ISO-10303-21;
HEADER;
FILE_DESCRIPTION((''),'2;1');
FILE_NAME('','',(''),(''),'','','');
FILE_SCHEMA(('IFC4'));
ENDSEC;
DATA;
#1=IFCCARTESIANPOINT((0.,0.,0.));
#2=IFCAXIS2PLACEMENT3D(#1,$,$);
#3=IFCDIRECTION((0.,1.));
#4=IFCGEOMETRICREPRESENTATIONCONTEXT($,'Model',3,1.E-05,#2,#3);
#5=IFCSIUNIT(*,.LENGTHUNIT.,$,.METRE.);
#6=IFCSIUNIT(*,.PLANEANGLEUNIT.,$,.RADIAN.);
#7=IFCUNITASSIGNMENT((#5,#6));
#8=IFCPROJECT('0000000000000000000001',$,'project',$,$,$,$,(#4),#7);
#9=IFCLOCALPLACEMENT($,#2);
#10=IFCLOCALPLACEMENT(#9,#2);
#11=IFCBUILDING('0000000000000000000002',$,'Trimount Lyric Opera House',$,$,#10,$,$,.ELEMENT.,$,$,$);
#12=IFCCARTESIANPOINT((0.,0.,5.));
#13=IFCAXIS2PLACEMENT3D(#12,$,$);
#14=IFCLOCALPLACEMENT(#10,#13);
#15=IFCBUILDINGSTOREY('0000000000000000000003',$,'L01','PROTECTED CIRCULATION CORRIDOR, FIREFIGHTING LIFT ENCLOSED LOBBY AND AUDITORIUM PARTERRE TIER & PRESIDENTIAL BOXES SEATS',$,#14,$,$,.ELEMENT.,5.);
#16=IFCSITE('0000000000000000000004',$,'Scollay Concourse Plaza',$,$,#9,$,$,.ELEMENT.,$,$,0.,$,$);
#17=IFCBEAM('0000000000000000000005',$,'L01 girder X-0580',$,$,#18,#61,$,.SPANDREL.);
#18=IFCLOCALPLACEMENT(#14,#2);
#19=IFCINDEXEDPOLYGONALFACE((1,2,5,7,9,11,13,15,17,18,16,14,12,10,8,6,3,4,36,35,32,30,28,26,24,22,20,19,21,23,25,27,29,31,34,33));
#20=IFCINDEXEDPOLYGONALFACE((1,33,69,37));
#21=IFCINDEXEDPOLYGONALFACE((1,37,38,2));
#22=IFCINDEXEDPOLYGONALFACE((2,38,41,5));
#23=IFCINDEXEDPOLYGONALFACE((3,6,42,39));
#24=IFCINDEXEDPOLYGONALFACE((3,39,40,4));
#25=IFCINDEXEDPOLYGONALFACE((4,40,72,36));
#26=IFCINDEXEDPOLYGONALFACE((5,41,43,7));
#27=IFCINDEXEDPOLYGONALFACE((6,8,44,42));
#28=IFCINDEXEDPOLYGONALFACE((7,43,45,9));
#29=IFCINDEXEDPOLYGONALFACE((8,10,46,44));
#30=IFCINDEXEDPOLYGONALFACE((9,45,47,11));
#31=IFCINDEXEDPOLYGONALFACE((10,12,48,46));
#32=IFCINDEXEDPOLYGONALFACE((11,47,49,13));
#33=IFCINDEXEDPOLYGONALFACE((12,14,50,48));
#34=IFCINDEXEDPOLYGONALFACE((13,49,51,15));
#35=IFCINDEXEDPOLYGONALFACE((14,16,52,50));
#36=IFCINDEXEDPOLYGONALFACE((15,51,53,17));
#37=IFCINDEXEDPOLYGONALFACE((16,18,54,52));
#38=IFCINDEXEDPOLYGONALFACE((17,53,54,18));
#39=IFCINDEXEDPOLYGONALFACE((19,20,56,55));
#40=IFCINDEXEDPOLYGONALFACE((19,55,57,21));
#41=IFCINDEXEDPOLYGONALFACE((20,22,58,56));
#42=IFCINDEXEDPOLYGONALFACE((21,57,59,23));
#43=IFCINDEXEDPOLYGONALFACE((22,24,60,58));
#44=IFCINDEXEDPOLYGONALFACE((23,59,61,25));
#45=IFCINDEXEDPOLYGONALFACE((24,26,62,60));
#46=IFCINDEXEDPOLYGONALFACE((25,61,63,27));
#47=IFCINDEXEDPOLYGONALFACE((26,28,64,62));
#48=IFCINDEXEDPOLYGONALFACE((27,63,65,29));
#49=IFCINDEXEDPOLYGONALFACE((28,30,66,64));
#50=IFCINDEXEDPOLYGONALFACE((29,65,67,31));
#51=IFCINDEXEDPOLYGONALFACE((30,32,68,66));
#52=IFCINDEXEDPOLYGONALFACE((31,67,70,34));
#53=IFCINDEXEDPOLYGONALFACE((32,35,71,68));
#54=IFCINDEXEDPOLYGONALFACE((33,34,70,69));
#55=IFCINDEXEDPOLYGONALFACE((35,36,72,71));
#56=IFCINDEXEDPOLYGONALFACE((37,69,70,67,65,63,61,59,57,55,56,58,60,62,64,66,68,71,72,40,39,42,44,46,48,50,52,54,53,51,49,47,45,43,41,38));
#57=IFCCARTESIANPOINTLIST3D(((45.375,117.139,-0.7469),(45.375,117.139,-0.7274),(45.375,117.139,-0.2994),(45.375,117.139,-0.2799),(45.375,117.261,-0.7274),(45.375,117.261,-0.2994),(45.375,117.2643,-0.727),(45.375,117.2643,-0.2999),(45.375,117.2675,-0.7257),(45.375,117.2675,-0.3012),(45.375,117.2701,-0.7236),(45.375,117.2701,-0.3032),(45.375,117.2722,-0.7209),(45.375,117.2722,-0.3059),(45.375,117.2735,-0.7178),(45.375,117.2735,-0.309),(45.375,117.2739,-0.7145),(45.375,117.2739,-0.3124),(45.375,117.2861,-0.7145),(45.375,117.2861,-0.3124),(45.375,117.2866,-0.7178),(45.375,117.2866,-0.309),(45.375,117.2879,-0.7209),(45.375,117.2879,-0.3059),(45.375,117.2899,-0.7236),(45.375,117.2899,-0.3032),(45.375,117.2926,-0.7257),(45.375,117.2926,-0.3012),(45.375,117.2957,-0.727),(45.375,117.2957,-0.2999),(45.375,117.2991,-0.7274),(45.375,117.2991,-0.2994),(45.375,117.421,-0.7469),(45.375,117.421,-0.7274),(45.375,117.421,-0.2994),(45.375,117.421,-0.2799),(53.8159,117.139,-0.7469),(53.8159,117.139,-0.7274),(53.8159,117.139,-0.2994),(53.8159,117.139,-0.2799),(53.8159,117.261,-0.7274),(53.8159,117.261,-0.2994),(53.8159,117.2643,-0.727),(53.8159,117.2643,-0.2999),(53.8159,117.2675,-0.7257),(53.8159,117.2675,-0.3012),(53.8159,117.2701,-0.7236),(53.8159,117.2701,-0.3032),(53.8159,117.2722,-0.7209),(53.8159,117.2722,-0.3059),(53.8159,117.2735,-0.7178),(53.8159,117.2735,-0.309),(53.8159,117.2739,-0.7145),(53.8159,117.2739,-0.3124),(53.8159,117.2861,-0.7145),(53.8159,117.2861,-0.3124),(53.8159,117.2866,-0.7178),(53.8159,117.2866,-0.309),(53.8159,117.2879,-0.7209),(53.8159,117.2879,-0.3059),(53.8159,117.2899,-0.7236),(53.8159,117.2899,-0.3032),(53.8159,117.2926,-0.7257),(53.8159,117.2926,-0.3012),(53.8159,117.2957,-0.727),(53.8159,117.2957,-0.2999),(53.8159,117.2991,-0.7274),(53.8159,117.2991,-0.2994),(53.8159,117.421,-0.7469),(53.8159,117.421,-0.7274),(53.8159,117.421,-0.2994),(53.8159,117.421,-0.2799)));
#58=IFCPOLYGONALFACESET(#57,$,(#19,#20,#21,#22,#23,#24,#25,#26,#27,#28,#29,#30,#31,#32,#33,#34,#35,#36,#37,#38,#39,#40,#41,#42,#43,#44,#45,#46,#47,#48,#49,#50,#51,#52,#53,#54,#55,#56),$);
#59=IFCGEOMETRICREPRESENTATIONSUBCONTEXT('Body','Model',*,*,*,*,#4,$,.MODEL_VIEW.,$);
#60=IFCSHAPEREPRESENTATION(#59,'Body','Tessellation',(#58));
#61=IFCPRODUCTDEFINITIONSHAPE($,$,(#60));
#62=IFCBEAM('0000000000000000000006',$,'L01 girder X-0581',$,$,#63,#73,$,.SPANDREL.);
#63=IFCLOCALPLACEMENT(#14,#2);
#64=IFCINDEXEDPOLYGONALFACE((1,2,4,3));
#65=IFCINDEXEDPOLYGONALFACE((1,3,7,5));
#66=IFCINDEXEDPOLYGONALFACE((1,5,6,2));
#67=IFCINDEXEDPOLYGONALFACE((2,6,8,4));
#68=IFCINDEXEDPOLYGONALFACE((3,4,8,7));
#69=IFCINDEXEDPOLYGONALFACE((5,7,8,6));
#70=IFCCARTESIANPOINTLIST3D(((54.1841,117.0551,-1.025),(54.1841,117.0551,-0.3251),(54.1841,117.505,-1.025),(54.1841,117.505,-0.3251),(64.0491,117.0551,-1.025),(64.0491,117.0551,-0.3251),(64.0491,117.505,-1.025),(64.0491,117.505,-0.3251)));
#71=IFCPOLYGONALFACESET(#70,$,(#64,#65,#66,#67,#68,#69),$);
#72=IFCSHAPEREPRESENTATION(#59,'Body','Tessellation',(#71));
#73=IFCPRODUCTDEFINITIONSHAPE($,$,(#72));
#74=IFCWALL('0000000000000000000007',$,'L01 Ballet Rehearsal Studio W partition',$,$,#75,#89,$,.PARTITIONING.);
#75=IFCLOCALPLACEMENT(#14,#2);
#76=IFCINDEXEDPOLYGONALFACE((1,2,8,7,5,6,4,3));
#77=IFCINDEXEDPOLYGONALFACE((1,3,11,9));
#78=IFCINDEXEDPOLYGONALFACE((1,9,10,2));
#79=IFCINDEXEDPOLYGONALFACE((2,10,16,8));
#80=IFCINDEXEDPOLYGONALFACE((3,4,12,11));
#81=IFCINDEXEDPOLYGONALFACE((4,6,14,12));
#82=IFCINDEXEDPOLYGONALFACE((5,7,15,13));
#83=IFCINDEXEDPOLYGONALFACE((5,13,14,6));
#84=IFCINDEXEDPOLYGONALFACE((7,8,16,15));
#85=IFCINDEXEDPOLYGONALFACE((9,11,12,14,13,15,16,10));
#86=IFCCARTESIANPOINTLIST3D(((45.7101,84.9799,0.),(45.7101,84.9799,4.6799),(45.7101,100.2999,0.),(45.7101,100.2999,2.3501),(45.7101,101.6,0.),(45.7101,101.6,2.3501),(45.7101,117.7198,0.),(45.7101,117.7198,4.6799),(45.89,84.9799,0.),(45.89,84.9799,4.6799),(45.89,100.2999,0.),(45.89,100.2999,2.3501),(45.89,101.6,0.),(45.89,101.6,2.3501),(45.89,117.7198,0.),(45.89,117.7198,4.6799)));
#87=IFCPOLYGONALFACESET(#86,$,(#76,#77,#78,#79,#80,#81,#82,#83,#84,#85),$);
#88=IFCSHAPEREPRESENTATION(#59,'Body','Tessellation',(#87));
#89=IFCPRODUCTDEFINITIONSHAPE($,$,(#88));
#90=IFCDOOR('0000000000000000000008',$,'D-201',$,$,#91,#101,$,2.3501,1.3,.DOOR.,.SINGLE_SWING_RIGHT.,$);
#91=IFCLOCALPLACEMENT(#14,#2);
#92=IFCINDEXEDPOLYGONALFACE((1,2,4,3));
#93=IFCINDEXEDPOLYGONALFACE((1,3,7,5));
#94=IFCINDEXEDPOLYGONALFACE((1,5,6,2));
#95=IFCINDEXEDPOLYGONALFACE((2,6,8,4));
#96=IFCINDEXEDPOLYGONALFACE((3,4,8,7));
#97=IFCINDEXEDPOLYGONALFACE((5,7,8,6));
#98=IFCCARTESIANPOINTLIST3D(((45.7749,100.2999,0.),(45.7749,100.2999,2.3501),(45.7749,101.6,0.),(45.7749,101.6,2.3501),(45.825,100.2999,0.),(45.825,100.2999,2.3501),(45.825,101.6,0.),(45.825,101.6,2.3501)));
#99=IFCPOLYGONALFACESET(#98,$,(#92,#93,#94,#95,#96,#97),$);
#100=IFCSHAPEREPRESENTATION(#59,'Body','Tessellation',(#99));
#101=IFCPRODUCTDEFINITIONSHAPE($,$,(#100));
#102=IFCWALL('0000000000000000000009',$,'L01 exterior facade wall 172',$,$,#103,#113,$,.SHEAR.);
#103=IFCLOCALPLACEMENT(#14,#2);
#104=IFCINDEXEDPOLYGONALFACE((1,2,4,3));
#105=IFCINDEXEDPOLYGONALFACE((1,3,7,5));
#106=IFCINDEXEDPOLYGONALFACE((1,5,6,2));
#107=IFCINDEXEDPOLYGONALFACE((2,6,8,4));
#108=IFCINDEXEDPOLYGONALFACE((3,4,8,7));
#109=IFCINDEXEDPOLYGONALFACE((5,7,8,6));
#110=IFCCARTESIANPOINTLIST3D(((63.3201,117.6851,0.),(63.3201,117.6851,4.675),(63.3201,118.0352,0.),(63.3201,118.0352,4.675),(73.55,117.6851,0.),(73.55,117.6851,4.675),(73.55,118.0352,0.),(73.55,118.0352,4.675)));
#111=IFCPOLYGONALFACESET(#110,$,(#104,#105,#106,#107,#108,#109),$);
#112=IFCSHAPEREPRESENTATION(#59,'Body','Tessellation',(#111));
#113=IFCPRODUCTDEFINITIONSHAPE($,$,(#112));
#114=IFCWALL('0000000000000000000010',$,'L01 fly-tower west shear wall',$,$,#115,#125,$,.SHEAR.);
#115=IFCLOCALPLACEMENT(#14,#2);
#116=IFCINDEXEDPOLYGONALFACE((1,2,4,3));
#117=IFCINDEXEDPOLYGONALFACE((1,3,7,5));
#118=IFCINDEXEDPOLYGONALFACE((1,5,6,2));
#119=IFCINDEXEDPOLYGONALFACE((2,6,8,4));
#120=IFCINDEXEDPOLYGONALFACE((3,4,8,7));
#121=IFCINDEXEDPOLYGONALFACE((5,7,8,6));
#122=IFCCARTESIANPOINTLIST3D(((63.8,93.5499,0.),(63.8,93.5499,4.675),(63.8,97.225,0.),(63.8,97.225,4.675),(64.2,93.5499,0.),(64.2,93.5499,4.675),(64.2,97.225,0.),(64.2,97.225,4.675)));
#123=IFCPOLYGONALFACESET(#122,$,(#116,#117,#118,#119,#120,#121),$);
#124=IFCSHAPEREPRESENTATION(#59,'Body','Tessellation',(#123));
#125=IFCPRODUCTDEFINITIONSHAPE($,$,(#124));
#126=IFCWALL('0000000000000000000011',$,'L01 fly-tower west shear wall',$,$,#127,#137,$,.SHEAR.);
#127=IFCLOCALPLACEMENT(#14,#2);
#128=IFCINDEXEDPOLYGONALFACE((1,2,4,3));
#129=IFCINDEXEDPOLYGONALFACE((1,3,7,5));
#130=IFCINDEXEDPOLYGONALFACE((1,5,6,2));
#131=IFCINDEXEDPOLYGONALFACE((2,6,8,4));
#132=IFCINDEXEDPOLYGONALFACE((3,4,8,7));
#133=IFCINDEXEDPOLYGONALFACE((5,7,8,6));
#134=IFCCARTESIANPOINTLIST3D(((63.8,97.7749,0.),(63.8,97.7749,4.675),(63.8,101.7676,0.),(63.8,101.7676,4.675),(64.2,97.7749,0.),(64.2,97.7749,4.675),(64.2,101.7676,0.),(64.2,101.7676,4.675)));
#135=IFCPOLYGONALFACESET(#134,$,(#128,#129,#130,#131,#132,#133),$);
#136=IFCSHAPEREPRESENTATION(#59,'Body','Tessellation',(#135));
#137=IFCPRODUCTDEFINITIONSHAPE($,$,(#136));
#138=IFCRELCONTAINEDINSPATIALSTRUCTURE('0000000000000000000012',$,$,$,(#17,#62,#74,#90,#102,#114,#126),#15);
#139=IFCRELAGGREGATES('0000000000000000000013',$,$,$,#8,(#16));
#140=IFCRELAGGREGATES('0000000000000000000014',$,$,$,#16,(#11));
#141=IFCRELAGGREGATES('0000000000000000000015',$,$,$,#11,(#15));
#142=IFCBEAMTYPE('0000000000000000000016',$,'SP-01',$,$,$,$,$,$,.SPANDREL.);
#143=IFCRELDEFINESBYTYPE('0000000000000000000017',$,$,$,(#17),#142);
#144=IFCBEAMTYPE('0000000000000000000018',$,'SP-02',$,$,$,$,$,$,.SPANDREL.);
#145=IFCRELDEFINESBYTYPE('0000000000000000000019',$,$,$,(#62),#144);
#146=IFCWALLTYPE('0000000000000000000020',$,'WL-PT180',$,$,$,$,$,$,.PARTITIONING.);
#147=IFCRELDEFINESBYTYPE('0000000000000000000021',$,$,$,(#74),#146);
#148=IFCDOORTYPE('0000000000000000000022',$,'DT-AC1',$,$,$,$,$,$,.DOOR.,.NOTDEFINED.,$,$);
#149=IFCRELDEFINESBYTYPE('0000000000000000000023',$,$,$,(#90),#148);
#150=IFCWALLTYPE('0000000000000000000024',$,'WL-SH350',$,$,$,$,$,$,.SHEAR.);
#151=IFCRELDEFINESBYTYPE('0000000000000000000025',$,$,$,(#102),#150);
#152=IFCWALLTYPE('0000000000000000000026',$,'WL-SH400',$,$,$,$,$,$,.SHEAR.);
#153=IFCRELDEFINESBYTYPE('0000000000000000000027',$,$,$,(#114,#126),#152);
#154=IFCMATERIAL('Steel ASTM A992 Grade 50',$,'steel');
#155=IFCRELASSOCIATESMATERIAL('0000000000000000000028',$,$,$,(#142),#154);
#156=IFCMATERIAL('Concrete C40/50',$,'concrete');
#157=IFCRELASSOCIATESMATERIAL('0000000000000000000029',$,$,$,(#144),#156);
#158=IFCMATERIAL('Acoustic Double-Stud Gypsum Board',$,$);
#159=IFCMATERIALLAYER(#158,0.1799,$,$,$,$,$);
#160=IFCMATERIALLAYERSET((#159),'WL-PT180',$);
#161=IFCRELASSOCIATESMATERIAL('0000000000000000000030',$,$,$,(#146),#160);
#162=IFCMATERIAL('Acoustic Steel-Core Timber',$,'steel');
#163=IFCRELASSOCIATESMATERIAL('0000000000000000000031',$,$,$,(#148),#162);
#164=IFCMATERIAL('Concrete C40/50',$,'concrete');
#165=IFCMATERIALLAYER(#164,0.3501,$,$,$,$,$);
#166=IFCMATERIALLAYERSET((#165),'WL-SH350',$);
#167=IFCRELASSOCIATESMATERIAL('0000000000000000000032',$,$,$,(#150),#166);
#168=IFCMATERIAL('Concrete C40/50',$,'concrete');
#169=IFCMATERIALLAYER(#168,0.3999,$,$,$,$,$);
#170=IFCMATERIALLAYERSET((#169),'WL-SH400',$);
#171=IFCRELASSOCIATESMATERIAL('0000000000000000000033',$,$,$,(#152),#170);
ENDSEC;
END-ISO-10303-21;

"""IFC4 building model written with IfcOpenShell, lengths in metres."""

from ifc_helpers import new_model, si_unit, direction, frame, frame_2d, origin, origin_2d, place, context, subcontext, project, spatial, rectangle, i_section, extrude, material, layer, layer_set, material_profile, profile_set, type_object, element, fill, save


model = new_model("IFC4")

# Units and contexts
model_context = context("Model", 3, precision=1e-05, world=origin(), true_north=direction((0.0, 1.0)))
body_context = subcontext(model_context, "Body", "Model", "MODEL_VIEW")
ifc_project = project(units=[si_unit("LENGTHUNIT", "METRE"), si_unit("PLANEANGLEUNIT", "RADIAN")], contexts=[model_context])

# Site, building, storey
site_placement = place(None, origin())
site = spatial("IfcSite", under=ifc_project, at=site_placement, Name="Scollay Concourse Plaza", CompositionType="ELEMENT", RefElevation=0.0)
building_placement = place(site_placement, origin())
building = spatial("IfcBuilding", under=site, at=building_placement, Name="Trimount Lyric Opera House", CompositionType="ELEMENT")
storey_placement = place(building_placement, frame((0.0, 0.0, 5.0)))
storey = spatial("IfcBuildingStorey", under=building, at=storey_placement, Name="L01", Description="PROTECTED CIRCULATION CORRIDOR, FIREFIGHTING LIFT ENCLOSED LOBBY AND AUDITORIUM PARTERRE TIER & PRESIDENTIAL BOXES SEATS", CompositionType="ELEMENT", Elevation=5.0)

# Beams
ifc_material_1 = material(Name="Steel ASTM A992 Grade 50", Category="steel")
ifc_material_profile_1 = material_profile(ifc_material_1, i_section(OverallWidth=0.282, OverallDepth=0.467, WebThickness=0.0122, FlangeThickness=0.0195, FilletRadius=0.0129, at=origin_2d()), Name="W18X86")
ifc_profile_set_1 = profile_set([ifc_material_profile_1], Name="Steel ASTM A992 Grade 50")
beam_type_1 = type_object("IfcBeamType", Name="SP-01", PredefinedType="SPANDREL", material=ifc_profile_set_1)
beam_1_placement = place(storey_placement, frame((45.375, 117.28, -0.5134), z_axis=(1.0, 0.0, 0.0), x_axis=(0.0, 1.0, 0.0)))
element("IfcBeam", 1, at=beam_1_placement, inside=storey, type_object=beam_type_1, Name="L01 girder X-0580", PredefinedType="SPANDREL", context=body_context, shape_type="SweptSolid", body=[
    extrude(i_section(OverallWidth=0.282, OverallDepth=0.467, WebThickness=0.0122, FlangeThickness=0.0195, FilletRadius=0.0129, at=origin_2d()), origin(), (0.0, 0.0, 1.0), 8.4409),
])
ifc_material_2 = material(Name="Concrete C40/50", Category="concrete")
ifc_material_profile_2 = material_profile(ifc_material_2, rectangle(XDim=0.45, YDim=0.7, at=origin_2d()), Name="RC450X700")
ifc_profile_set_2 = profile_set([ifc_material_profile_2], Name="Concrete C40/50")
beam_type_2 = type_object("IfcBeamType", Name="SP-02", PredefinedType="SPANDREL", material=ifc_profile_set_2)
beam_2_placement = place(storey_placement, frame((54.1841, 117.28, -0.675), z_axis=(1.0, 0.0, 0.0), x_axis=(0.0, 1.0, 0.0)))
element("IfcBeam", 2, at=beam_2_placement, inside=storey, type_object=beam_type_2, Name="L01 girder X-0581", PredefinedType="SPANDREL", context=body_context, shape_type="SweptSolid", body=[
    extrude(rectangle(XDim=0.45, YDim=0.7, at=origin_2d()), origin(), (0.0, 0.0, 1.0), 9.865),
])

# Wall, opening, door
ifc_material_3 = material(Name="Acoustic Double-Stud Gypsum Board")
ifc_layer_1 = layer(ifc_material_3, 0.1799)
ifc_layer_set_1 = layer_set([ifc_layer_1], Name="WL-PT180")
wall_type_1 = type_object("IfcWallType", Name="WL-PT180", PredefinedType="PARTITIONING", material=ifc_layer_set_1)
wall_1_placement = place(storey_placement, frame((45.8, 117.72, 0.0), z_axis=(0.0, 0.0, 1.0), x_axis=(0.0, -1.0, 0.0)))
wall_1 = element("IfcWall", 3, at=wall_1_placement, inside=storey, type_object=wall_type_1, Name="L01 Ballet Rehearsal Studio W partition", PredefinedType="PARTITIONING", context=body_context, shape_type="SweptSolid", body=[
    extrude(rectangle(XDim=32.74, YDim=0.1799, at=frame_2d((16.3701, 0.0))), origin(), (0.0, 0.0, 1.0), 4.6799),
])
opening_1_placement = place(wall_1_placement, frame((16.1201, 0.0, 0.0)))
opening_1 = element("IfcOpeningElement", 4, at=opening_1_placement, cuts=wall_1, PredefinedType="OPENING", context=body_context, shape_type="SweptSolid", body=[
    extrude(rectangle(XDim=1.3, YDim=2.3501, at=frame_2d((0.6499, 1.175))), frame((0.0, 0.1001, 0.0), z_axis=(0.0, -1.0, 0.0), x_axis=(1.0, 0.0, 0.0)), (0.0, 0.0, 1.0), 0.2),
])
ifc_material_4 = material(Name="Acoustic Steel-Core Timber", Category="steel")
door_type = type_object("IfcDoorType", Name="DT-AC1", OperationType="NOTDEFINED", PredefinedType="DOOR", material=ifc_material_4)
door_placement = place(opening_1_placement, origin())
door = element("IfcDoor", 5, at=door_placement, inside=storey, type_object=door_type, Name="D-201", OperationType="SINGLE_SWING_RIGHT", OverallHeight=2.3501, OverallWidth=1.3, PredefinedType="DOOR", context=body_context, shape_type="SweptSolid", body=[
    extrude(rectangle(XDim=1.3, YDim=2.3501, at=frame_2d((0.6499, 1.175))), frame((0.0, 0.0249, 0.0), z_axis=(0.0, -1.0, 0.0), x_axis=(1.0, 0.0, 0.0)), (0.0, 0.0, 1.0), 0.05),
])
fill(opening_1, door)

# Walls
ifc_material_5 = material(Name="Concrete C40/50", Category="concrete")
ifc_layer_2 = layer(ifc_material_5, 0.3501)
ifc_layer_set_2 = layer_set([ifc_layer_2], Name="WL-SH350")
wall_type_2 = type_object("IfcWallType", Name="WL-SH350", PredefinedType="SHEAR", material=ifc_layer_set_2)
wall_2_placement = place(storey_placement, frame((63.3201, 117.8601, 0.0), z_axis=(0.0, 0.0, 1.0), x_axis=(1.0, 0.0, 0.0)))
element("IfcWall", 6, at=wall_2_placement, inside=storey, type_object=wall_type_2, Name="L01 exterior facade wall 172", PredefinedType="SHEAR", context=body_context, shape_type="SweptSolid", body=[
    extrude(rectangle(XDim=10.23, YDim=0.3501, at=frame_2d((5.115, 0.0))), origin(), (0.0, 0.0, 1.0), 4.675),
])
ifc_material_6 = material(Name="Concrete C40/50", Category="concrete")
ifc_layer_3 = layer(ifc_material_6, 0.3999)
ifc_layer_set_3 = layer_set([ifc_layer_3], Name="WL-SH400")
wall_type_3 = type_object("IfcWallType", Name="WL-SH400", PredefinedType="SHEAR", material=ifc_layer_set_3)
wall_3_placement = place(storey_placement, frame((64.0, 93.55, 0.0), z_axis=(0.0, 0.0, 1.0), x_axis=(0.0, 1.0, 0.0)))
element("IfcWall", 7, at=wall_3_placement, inside=storey, type_object=wall_type_3, Name="L01 fly-tower west shear wall", PredefinedType="SHEAR", context=body_context, shape_type="SweptSolid", body=[
    extrude(rectangle(XDim=3.675, YDim=0.3999, at=frame_2d((1.8374, 0.0))), origin(), (0.0, 0.0, 1.0), 4.675),
])
wall_4_placement = place(storey_placement, frame((64.0, 97.7749, 0.0), z_axis=(0.0, 0.0, 1.0), x_axis=(0.0, 1.0, 0.0)))
element("IfcWall", 8, at=wall_4_placement, inside=storey, type_object=wall_type_3, Name="L01 fly-tower west shear wall", PredefinedType="SHEAR", context=body_context, shape_type="SweptSolid", body=[
    extrude(rectangle(XDim=3.9927, YDim=0.3999, at=frame_2d((1.9963, 0.0))), origin(), (0.0, 0.0, 1.0), 4.675),
])

save(model, "model.ifc")
